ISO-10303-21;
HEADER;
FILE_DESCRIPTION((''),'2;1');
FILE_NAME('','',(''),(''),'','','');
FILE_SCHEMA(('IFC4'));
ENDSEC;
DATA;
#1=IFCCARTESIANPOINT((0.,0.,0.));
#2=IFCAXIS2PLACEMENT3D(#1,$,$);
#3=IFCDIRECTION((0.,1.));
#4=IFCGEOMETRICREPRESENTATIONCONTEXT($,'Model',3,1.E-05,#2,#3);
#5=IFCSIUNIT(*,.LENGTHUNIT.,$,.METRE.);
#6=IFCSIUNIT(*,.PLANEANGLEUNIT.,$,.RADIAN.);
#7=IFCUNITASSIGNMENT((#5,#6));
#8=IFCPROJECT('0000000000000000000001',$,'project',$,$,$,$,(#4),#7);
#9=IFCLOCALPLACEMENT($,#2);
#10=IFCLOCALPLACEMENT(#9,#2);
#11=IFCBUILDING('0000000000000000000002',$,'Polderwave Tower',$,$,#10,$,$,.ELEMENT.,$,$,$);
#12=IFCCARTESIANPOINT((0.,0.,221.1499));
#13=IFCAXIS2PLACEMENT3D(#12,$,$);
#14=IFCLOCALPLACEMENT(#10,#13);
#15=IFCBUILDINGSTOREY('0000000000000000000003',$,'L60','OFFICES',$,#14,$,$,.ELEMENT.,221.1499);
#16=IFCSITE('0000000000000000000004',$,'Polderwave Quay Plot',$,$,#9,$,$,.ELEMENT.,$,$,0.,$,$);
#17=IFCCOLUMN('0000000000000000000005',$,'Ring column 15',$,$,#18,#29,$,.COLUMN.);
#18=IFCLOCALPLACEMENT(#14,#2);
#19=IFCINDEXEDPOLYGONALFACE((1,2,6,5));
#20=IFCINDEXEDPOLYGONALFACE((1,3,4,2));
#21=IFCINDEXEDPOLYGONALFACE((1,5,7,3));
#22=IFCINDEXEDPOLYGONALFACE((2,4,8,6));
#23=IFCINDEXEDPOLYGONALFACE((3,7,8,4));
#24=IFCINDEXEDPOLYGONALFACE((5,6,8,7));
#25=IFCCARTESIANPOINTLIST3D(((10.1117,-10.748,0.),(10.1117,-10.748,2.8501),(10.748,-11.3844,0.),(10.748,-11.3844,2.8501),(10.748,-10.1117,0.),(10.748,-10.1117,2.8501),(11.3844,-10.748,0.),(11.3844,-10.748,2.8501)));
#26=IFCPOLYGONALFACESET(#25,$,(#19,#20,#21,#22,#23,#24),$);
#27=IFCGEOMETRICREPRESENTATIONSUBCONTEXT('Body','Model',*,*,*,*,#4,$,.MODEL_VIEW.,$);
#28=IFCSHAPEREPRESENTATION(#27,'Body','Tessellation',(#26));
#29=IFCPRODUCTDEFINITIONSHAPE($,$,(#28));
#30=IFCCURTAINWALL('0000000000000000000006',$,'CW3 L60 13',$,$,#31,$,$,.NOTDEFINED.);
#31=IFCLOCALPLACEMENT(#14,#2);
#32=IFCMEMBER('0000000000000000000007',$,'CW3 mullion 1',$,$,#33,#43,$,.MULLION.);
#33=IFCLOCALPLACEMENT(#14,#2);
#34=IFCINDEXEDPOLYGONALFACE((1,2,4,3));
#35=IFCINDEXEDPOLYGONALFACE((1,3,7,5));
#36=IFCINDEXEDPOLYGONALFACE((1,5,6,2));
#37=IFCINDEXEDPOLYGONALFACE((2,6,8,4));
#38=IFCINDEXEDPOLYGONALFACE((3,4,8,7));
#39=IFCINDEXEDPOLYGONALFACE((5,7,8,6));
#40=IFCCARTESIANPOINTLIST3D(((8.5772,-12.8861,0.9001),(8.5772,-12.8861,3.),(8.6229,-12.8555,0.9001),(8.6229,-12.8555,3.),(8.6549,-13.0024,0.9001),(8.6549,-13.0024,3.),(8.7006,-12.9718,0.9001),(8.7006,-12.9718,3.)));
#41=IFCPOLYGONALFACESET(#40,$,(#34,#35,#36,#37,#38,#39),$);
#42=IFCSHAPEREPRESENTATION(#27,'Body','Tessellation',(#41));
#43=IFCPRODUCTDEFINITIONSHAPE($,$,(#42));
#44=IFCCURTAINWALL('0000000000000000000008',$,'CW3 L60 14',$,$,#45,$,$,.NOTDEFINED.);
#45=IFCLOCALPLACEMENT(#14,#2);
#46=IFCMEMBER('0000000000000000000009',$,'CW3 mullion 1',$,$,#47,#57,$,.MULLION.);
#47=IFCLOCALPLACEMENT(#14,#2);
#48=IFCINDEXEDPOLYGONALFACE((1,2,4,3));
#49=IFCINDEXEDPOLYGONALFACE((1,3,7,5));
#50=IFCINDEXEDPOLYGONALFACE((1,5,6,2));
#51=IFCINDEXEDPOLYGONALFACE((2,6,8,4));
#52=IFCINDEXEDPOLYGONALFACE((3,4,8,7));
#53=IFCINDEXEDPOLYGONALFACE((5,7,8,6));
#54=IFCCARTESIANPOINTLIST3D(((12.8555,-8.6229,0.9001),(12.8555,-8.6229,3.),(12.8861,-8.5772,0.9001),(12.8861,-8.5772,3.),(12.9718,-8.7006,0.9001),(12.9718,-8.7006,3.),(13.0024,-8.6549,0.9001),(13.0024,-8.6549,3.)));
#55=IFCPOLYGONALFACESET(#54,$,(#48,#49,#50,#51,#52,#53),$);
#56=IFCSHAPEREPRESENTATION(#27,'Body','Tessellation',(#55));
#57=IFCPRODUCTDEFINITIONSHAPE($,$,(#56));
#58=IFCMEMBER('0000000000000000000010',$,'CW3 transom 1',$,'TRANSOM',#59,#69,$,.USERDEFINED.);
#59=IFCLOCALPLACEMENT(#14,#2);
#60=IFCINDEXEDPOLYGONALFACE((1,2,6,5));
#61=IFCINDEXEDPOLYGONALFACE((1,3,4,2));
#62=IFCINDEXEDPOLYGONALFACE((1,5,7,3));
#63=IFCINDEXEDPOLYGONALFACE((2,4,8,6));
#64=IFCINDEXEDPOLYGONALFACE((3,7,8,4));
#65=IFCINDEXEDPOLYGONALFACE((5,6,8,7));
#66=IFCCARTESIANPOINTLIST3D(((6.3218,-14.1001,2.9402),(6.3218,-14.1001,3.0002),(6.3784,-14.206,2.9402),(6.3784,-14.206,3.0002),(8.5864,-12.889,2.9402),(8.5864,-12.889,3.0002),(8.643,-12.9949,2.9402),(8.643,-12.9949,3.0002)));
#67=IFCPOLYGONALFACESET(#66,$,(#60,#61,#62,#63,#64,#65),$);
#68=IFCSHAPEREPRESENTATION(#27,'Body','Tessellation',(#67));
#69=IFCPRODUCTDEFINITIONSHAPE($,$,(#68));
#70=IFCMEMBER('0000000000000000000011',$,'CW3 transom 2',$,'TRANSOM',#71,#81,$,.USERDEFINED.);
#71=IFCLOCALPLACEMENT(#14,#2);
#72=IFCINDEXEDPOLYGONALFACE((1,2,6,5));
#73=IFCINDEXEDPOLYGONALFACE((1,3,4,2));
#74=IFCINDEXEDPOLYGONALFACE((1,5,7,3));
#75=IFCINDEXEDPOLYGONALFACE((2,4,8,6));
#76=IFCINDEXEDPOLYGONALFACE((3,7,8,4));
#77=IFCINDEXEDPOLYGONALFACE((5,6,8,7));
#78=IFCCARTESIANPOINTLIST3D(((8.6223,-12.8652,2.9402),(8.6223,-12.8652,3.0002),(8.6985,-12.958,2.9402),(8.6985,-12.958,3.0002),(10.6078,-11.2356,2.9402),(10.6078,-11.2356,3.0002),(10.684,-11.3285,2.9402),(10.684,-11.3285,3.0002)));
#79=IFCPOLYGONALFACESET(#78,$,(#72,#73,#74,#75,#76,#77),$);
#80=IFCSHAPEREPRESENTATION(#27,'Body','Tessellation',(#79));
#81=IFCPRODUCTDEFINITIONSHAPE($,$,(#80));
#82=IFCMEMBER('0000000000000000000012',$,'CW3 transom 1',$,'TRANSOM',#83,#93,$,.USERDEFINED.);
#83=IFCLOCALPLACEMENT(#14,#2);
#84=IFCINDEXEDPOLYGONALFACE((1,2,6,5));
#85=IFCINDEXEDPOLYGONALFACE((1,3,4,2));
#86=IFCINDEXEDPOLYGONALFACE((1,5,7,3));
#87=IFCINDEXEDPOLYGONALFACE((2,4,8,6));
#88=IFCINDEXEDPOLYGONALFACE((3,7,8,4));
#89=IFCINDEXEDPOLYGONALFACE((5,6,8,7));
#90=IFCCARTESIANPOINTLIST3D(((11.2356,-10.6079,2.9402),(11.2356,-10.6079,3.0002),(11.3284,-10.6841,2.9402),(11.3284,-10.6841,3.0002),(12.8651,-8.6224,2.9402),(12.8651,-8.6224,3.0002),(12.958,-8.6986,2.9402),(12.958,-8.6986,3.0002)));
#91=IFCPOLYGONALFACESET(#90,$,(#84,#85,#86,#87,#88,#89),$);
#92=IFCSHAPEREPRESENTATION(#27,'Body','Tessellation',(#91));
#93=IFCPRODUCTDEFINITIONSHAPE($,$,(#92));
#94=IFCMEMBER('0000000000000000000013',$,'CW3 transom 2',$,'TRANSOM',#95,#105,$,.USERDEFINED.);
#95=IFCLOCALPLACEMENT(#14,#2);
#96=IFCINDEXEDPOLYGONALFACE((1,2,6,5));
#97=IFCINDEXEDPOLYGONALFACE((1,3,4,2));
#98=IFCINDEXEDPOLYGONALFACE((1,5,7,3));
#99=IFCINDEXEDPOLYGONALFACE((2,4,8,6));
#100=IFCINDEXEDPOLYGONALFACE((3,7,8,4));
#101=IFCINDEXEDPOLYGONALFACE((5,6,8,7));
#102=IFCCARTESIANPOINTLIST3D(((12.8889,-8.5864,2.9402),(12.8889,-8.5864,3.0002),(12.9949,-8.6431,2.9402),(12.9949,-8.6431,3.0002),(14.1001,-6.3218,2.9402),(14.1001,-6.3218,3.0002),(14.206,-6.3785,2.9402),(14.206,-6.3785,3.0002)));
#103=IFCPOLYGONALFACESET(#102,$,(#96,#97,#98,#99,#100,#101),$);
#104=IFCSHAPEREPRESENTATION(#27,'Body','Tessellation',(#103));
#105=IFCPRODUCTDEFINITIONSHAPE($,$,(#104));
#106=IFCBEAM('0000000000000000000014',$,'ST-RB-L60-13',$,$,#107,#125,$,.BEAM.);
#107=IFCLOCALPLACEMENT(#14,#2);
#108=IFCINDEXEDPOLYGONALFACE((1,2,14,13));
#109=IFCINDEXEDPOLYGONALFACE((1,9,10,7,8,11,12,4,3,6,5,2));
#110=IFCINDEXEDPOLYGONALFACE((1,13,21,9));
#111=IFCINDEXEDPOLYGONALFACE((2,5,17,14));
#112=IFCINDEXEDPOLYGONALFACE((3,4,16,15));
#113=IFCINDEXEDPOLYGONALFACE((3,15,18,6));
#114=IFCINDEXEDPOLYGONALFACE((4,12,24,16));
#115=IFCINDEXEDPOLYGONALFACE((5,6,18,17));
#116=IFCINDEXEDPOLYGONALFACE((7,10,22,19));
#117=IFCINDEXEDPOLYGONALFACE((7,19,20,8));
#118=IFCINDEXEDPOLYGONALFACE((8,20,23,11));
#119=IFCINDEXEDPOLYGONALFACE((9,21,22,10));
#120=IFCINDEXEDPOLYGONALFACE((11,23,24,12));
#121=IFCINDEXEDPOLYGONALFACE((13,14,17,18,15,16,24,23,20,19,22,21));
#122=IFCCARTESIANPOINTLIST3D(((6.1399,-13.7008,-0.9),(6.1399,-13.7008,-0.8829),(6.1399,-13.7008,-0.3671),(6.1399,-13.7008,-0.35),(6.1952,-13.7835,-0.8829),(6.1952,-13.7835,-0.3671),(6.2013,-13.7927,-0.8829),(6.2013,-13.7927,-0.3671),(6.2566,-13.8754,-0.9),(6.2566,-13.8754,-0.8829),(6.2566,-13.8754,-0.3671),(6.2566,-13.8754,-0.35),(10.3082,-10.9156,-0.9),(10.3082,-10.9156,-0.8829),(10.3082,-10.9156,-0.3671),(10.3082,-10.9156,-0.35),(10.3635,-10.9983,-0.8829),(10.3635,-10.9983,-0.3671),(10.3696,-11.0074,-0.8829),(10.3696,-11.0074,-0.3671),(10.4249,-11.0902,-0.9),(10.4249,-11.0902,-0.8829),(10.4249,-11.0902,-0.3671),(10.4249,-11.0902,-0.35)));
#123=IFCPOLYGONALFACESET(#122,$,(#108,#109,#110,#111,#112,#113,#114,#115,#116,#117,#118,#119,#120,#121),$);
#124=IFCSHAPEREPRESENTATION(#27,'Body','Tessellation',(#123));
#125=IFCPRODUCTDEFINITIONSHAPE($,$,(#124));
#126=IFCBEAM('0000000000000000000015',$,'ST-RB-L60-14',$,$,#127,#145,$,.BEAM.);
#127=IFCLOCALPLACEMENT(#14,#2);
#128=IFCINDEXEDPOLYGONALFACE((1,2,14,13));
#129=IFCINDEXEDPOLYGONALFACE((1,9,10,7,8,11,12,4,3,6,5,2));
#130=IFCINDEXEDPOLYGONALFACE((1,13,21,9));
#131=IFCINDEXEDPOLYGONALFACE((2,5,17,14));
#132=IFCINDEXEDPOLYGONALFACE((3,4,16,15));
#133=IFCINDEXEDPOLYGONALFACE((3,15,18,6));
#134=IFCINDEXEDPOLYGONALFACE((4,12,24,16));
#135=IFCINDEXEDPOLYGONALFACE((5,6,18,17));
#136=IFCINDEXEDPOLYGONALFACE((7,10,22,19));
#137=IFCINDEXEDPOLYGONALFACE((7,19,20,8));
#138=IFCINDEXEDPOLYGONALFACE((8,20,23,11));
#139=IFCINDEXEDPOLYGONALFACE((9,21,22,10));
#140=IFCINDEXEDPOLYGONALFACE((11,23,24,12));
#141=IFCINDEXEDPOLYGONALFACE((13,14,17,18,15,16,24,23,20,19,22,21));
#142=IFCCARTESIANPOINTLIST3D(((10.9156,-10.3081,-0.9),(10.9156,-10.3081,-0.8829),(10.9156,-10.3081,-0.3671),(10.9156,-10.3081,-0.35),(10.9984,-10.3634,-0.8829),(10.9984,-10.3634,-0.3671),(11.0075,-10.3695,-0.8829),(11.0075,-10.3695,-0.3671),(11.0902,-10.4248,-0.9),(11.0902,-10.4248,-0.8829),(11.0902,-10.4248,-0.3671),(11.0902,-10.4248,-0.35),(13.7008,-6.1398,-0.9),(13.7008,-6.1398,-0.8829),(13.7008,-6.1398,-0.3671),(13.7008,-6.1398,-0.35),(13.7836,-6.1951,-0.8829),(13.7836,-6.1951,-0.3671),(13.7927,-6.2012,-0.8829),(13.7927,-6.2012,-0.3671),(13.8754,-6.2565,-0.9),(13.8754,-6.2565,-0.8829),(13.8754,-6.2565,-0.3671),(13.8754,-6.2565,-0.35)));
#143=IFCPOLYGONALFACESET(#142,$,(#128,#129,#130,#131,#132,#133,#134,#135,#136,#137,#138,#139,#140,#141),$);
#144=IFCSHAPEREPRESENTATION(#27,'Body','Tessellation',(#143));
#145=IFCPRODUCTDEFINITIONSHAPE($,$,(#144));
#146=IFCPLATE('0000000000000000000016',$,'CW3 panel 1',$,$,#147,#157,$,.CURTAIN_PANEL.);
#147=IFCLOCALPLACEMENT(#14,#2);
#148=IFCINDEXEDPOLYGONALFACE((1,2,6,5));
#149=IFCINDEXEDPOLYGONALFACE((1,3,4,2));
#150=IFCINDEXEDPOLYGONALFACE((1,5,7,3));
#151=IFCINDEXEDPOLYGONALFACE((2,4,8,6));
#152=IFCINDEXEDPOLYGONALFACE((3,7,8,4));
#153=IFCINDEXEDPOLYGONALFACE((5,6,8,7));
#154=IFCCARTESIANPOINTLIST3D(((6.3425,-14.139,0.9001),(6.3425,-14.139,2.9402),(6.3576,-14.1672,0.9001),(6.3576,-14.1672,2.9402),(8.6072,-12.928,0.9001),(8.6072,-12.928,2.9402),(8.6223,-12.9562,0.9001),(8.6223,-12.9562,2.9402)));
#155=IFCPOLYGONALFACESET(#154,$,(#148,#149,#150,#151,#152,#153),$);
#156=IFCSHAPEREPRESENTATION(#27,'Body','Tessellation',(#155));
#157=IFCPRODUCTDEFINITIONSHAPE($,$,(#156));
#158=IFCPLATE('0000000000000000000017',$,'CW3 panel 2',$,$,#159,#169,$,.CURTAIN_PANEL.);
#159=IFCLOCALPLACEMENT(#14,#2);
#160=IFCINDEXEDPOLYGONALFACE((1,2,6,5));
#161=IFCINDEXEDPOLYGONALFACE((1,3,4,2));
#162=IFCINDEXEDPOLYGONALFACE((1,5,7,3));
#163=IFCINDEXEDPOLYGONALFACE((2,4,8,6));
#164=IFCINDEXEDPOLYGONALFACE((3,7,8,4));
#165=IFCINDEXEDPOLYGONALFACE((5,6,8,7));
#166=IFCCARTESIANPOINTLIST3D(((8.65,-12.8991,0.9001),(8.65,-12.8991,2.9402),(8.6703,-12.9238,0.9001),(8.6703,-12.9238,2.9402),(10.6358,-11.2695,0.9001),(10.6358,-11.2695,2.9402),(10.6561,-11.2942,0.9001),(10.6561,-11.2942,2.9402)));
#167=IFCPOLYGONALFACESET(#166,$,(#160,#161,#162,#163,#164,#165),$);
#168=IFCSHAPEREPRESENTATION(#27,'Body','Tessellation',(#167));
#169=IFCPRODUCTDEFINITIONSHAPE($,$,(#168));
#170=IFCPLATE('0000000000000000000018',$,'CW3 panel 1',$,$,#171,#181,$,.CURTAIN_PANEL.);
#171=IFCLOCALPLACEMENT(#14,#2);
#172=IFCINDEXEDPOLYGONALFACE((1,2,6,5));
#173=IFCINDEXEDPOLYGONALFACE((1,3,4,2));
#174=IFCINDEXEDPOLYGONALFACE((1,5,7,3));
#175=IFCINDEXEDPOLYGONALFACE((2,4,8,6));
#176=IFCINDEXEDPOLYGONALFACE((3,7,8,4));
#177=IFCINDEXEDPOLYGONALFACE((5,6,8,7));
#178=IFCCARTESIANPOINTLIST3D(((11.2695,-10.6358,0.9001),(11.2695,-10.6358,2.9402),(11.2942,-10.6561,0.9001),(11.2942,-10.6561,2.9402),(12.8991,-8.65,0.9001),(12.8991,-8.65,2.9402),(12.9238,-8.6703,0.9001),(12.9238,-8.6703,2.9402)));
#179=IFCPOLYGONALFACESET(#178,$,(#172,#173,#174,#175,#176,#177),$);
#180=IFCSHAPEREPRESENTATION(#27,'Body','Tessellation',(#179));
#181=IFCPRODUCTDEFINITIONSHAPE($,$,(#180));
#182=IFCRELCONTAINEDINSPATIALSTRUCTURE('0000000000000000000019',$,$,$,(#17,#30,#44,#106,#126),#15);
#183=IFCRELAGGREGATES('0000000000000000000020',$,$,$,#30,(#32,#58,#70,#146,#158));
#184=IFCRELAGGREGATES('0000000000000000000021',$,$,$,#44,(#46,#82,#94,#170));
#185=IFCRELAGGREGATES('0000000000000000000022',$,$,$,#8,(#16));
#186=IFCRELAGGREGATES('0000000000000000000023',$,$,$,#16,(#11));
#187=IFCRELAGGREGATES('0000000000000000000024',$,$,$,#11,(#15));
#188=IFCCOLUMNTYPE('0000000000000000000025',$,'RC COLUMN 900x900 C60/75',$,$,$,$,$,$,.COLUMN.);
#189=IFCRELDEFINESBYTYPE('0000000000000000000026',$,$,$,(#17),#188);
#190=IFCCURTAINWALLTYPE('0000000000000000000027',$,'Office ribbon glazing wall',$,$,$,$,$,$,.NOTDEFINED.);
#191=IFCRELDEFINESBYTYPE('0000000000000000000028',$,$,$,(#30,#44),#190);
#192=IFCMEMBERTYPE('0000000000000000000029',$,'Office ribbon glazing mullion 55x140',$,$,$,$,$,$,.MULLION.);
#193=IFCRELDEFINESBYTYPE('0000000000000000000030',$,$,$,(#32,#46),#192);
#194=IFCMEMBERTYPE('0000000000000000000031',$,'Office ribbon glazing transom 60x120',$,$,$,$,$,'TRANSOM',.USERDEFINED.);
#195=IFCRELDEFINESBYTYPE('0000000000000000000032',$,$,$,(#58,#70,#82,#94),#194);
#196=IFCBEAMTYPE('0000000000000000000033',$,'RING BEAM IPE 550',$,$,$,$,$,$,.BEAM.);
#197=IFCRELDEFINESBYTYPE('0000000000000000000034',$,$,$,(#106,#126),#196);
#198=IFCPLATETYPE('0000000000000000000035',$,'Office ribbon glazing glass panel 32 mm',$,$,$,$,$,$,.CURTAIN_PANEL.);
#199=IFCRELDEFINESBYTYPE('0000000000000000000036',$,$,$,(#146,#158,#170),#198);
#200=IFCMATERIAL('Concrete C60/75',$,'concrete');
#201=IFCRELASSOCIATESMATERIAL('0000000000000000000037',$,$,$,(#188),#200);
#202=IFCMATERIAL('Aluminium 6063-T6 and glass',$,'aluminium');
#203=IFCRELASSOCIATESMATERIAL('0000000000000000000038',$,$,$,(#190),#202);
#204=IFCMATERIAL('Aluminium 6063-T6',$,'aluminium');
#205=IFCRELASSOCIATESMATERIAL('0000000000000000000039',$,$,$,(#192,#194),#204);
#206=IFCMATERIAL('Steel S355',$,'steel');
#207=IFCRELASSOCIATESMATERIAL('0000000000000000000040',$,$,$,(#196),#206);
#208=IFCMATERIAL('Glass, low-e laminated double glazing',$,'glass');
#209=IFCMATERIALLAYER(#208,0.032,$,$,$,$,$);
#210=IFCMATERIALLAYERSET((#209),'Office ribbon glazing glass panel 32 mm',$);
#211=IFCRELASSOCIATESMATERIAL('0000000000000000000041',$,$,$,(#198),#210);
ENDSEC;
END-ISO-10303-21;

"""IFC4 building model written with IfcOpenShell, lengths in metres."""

from ifc_helpers import new_model, si_unit, direction, frame, origin, origin_2d, place, context, subcontext, project, spatial, rectangle, i_section, extrude, material, layer, layer_set, material_profile, profile_set, type_object, element, aggregate, save


model = new_model("IFC4")

# Units and contexts
model_context = context("Model", 3, precision=1e-05, world=origin(), true_north=direction((0.0, 1.0)))
body_context = subcontext(model_context, "Body", "Model", "MODEL_VIEW")
ifc_project = project(units=[si_unit("LENGTHUNIT", "METRE"), si_unit("PLANEANGLEUNIT", "RADIAN")], contexts=[model_context])

# Site, building, storey
site_placement = place(None, origin())
site = spatial("IfcSite", under=ifc_project, at=site_placement, Name="Polderwave Quay Plot", CompositionType="ELEMENT", RefElevation=0.0)
building_placement = place(site_placement, origin())
building = spatial("IfcBuilding", under=site, at=building_placement, Name="Polderwave Tower", CompositionType="ELEMENT")
storey_placement = place(building_placement, frame((0.0, 0.0, 221.1499)))
storey = spatial("IfcBuildingStorey", under=building, at=storey_placement, Name="L60", Description="OFFICES", CompositionType="ELEMENT", Elevation=221.1499)

# Column
ifc_material_1 = material(Name="Concrete C60/75", Category="concrete")
ifc_material_profile_1 = material_profile(ifc_material_1, rectangle(XDim=0.8999, YDim=0.8999, at=origin_2d()), Name="RC 900x900")
ifc_profile_set_1 = profile_set([ifc_material_profile_1], Name="Concrete C60/75")
column_type = type_object("IfcColumnType", Name="RC COLUMN 900x900 C60/75", PredefinedType="COLUMN", material=ifc_profile_set_1)
column_placement = place(storey_placement, frame((10.748, -10.748, 0.0), z_axis=(0.0, 0.0, 1.0), x_axis=(0.707107, -0.707107, 0.0)))
element("IfcColumn", 1, at=column_placement, inside=storey, type_object=column_type, Name="Ring column 15", PredefinedType="COLUMN", context=body_context, shape_type="SweptSolid", body=[
    extrude(rectangle(XDim=0.8999, YDim=0.8999, at=origin_2d()), origin(), (0.0, 0.0, 1.0), 2.8501),
])

# Curtain walls, members
ifc_material_2 = material(Name="Aluminium 6063-T6 and glass", Category="aluminium")
curtain_wall_type = type_object("IfcCurtainWallType", Name="Office ribbon glazing wall", PredefinedType="NOTDEFINED", material=ifc_material_2)
curtain_wall_1_placement = place(storey_placement, origin())
curtain_wall_1 = element("IfcCurtainWall", 2, at=curtain_wall_1_placement, inside=storey, type_object=curtain_wall_type, Name="CW3 L60 13", PredefinedType="NOTDEFINED")
ifc_material_3 = material(Name="Aluminium 6063-T6", Category="aluminium")
ifc_material_profile_2 = material_profile(ifc_material_3, rectangle(XDim=0.1399, YDim=0.0549, at=origin_2d()), Name="AL 55x140")
ifc_profile_set_2 = profile_set([ifc_material_profile_2], Name="Aluminium 6063-T6")
member_type_1 = type_object("IfcMemberType", Name="Office ribbon glazing mullion 55x140", PredefinedType="MULLION", material=ifc_profile_set_2)
member_1_placement = place(storey_placement, frame((8.6389, -12.929, 0.9001), z_axis=(0.0, 0.0, 1.0), x_axis=(-0.555628, 0.831431, 0.0)))
member_1 = element("IfcMember", 3, at=member_1_placement, type_object=member_type_1, Name="CW3 mullion 1", PredefinedType="MULLION", context=body_context, shape_type="SweptSolid", body=[
    extrude(rectangle(XDim=0.1399, YDim=0.0549, at=origin_2d()), origin(), (0.0, 0.0, 1.0), 2.0999),
])
curtain_wall_2_placement = place(storey_placement, origin())
curtain_wall_2 = element("IfcCurtainWall", 4, at=curtain_wall_2_placement, inside=storey, type_object=curtain_wall_type, Name="CW3 L60 14", PredefinedType="NOTDEFINED")
member_2_placement = place(storey_placement, frame((12.929, -8.6389, 0.9001), z_axis=(0.0, 0.0, 1.0), x_axis=(-0.831431, 0.555628, 0.0)))
member_2 = element("IfcMember", 5, at=member_2_placement, type_object=member_type_1, Name="CW3 mullion 1", PredefinedType="MULLION", context=body_context, shape_type="SweptSolid", body=[
    extrude(rectangle(XDim=0.1399, YDim=0.0549, at=origin_2d()), origin(), (0.0, 0.0, 1.0), 2.0999),
])

# Members
ifc_material_profile_3 = material_profile(ifc_material_3, rectangle(XDim=0.1201, YDim=0.0601, at=origin_2d()), Name="AL 60x120")
ifc_profile_set_3 = profile_set([ifc_material_profile_3], Name="Aluminium 6063-T6")
member_type_2 = type_object("IfcMemberType", Name="Office ribbon glazing transom 60x120", ElementType="TRANSOM", PredefinedType="USERDEFINED", material=ifc_profile_set_3)
member_3_placement = place(storey_placement, frame((6.3501, -14.1531, 2.9702), z_axis=(0.881808, 0.471609, 0.0), x_axis=(-0.471609, 0.881808, 0.0)))
member_3 = element("IfcMember", 6, at=member_3_placement, type_object=member_type_2, Name="CW3 transom 1", ObjectType="TRANSOM", PredefinedType="USERDEFINED", context=body_context, shape_type="SweptSolid", body=[
    extrude(rectangle(XDim=0.1201, YDim=0.0601, at=origin_2d()), origin(), (0.0, 0.0, 1.0), 2.5681),
])
member_4_placement = place(storey_placement, frame((8.6604, -12.9116, 2.9702), z_axis=(0.772991, 0.634417, 0.0), x_axis=(-0.634417, 0.772991, 0.0)))
member_4 = element("IfcMember", 7, at=member_4_placement, type_object=member_type_2, Name="CW3 transom 2", ObjectType="TRANSOM", PredefinedType="USERDEFINED", context=body_context, shape_type="SweptSolid", body=[
    extrude(rectangle(XDim=0.1201, YDim=0.0601, at=origin_2d()), origin(), (0.0, 0.0, 1.0), 2.5686),
])
member_5_placement = place(storey_placement, frame((11.282, -10.646, 2.9702), z_axis=(0.634417, 0.772991, 0.0), x_axis=(-0.772991, 0.634417, 0.0)))
member_5 = element("IfcMember", 8, at=member_5_placement, type_object=member_type_2, Name="CW3 transom 1", ObjectType="TRANSOM", PredefinedType="USERDEFINED", context=body_context, shape_type="SweptSolid", body=[
    extrude(rectangle(XDim=0.1201, YDim=0.0601, at=origin_2d()), origin(), (0.0, 0.0, 1.0), 2.5686),
])
member_6_placement = place(storey_placement, frame((12.9419, -8.6147, 2.9702), z_axis=(0.471609, 0.881808, 0.0), x_axis=(-0.881808, 0.471609, 0.0)))
member_6 = element("IfcMember", 9, at=member_6_placement, type_object=member_type_2, Name="CW3 transom 2", ObjectType="TRANSOM", PredefinedType="USERDEFINED", context=body_context, shape_type="SweptSolid", body=[
    extrude(rectangle(XDim=0.1201, YDim=0.0601, at=origin_2d()), origin(), (0.0, 0.0, 1.0), 2.5681),
])

# Beams
ifc_material_4 = material(Name="Steel S355", Category="steel")
ifc_material_profile_4 = material_profile(ifc_material_4, i_section(OverallWidth=0.21, OverallDepth=0.55, WebThickness=0.011, FlangeThickness=0.0171, at=origin_2d()), Name="IPE 550")
ifc_profile_set_4 = profile_set([ifc_material_profile_4], Name="Steel S355")
beam_type = type_object("IfcBeamType", Name="RING BEAM IPE 550", PredefinedType="BEAM", material=ifc_profile_set_4)
for number, where, z_axis, x_axis, name in (
    (10, (6.1982, -13.7881, -0.625), (0.831465, 0.555576, 0.0), (-0.555576, 0.831465, 0.0), "ST-RB-L60-13"),
    (11, (11.0029, -10.3665, -0.625), (0.555576, 0.831465, 0.0), (-0.831465, 0.555576, 0.0), "ST-RB-L60-14"),
):
    element("IfcBeam", number, at=place(storey_placement, frame(where, z_axis=z_axis, x_axis=x_axis)), inside=storey, type_object=beam_type, Name=name, PredefinedType="BEAM", context=body_context, shape_type="SweptSolid", body=[
        extrude(i_section(OverallWidth=0.21, OverallDepth=0.55, WebThickness=0.011, FlangeThickness=0.0171, at=origin_2d()), origin(), (0.0, 0.0, 1.0), 5.0132),
    ])

# Plates
ifc_material_5 = material(Name="Glass, low-e laminated double glazing", Category="glass")
ifc_layer_1 = layer(ifc_material_5, 0.032)
ifc_layer_set_1 = layer_set([ifc_layer_1], Name="Office ribbon glazing glass panel 32 mm")
plate_type = type_object("IfcPlateType", Name="Office ribbon glazing glass panel 32 mm", PredefinedType="CURTAIN_PANEL", material=ifc_layer_set_1)
plate_1_placement = place(storey_placement, frame((7.4824, -13.5476, 0.9001), z_axis=(0.0, 0.0, 1.0), x_axis=(0.881841, 0.471548, 0.0)))
plate_1 = element("IfcPlate", 12, at=plate_1_placement, type_object=plate_type, Name="CW3 panel 1", PredefinedType="CURTAIN_PANEL", context=body_context, shape_type="SweptSolid", body=[
    extrude(rectangle(XDim=2.5681, YDim=0.032, at=origin_2d()), origin(), (0.0, 0.0, 1.0), 2.04),
])
plate_2_placement = place(storey_placement, frame((9.6531, -12.0967, 0.9001), z_axis=(0.0, 0.0, 1.0), x_axis=(0.773029, 0.63437, 0.0)))
plate_2 = element("IfcPlate", 13, at=plate_2_placement, type_object=plate_type, Name="CW3 panel 2", PredefinedType="CURTAIN_PANEL", context=body_context, shape_type="SweptSolid", body=[
    extrude(rectangle(XDim=2.5688, YDim=0.032, at=origin_2d()), origin(), (0.0, 0.0, 1.0), 2.04),
])
aggregate(curtain_wall_1, [member_1, member_3, member_4, plate_1, plate_2])
plate_3_placement = place(storey_placement, frame((12.0967, -9.6531, 0.9001), z_axis=(0.0, 0.0, 1.0), x_axis=(0.63437, 0.773029, 0.0)))
plate_3 = element("IfcPlate", 14, at=plate_3_placement, type_object=plate_type, Name="CW3 panel 1", PredefinedType="CURTAIN_PANEL", context=body_context, shape_type="SweptSolid", body=[
    extrude(rectangle(XDim=2.5688, YDim=0.032, at=origin_2d()), origin(), (0.0, 0.0, 1.0), 2.04),
])
aggregate(curtain_wall_2, [member_2, member_5, member_6, plate_3])

save(model, "model.ifc")
